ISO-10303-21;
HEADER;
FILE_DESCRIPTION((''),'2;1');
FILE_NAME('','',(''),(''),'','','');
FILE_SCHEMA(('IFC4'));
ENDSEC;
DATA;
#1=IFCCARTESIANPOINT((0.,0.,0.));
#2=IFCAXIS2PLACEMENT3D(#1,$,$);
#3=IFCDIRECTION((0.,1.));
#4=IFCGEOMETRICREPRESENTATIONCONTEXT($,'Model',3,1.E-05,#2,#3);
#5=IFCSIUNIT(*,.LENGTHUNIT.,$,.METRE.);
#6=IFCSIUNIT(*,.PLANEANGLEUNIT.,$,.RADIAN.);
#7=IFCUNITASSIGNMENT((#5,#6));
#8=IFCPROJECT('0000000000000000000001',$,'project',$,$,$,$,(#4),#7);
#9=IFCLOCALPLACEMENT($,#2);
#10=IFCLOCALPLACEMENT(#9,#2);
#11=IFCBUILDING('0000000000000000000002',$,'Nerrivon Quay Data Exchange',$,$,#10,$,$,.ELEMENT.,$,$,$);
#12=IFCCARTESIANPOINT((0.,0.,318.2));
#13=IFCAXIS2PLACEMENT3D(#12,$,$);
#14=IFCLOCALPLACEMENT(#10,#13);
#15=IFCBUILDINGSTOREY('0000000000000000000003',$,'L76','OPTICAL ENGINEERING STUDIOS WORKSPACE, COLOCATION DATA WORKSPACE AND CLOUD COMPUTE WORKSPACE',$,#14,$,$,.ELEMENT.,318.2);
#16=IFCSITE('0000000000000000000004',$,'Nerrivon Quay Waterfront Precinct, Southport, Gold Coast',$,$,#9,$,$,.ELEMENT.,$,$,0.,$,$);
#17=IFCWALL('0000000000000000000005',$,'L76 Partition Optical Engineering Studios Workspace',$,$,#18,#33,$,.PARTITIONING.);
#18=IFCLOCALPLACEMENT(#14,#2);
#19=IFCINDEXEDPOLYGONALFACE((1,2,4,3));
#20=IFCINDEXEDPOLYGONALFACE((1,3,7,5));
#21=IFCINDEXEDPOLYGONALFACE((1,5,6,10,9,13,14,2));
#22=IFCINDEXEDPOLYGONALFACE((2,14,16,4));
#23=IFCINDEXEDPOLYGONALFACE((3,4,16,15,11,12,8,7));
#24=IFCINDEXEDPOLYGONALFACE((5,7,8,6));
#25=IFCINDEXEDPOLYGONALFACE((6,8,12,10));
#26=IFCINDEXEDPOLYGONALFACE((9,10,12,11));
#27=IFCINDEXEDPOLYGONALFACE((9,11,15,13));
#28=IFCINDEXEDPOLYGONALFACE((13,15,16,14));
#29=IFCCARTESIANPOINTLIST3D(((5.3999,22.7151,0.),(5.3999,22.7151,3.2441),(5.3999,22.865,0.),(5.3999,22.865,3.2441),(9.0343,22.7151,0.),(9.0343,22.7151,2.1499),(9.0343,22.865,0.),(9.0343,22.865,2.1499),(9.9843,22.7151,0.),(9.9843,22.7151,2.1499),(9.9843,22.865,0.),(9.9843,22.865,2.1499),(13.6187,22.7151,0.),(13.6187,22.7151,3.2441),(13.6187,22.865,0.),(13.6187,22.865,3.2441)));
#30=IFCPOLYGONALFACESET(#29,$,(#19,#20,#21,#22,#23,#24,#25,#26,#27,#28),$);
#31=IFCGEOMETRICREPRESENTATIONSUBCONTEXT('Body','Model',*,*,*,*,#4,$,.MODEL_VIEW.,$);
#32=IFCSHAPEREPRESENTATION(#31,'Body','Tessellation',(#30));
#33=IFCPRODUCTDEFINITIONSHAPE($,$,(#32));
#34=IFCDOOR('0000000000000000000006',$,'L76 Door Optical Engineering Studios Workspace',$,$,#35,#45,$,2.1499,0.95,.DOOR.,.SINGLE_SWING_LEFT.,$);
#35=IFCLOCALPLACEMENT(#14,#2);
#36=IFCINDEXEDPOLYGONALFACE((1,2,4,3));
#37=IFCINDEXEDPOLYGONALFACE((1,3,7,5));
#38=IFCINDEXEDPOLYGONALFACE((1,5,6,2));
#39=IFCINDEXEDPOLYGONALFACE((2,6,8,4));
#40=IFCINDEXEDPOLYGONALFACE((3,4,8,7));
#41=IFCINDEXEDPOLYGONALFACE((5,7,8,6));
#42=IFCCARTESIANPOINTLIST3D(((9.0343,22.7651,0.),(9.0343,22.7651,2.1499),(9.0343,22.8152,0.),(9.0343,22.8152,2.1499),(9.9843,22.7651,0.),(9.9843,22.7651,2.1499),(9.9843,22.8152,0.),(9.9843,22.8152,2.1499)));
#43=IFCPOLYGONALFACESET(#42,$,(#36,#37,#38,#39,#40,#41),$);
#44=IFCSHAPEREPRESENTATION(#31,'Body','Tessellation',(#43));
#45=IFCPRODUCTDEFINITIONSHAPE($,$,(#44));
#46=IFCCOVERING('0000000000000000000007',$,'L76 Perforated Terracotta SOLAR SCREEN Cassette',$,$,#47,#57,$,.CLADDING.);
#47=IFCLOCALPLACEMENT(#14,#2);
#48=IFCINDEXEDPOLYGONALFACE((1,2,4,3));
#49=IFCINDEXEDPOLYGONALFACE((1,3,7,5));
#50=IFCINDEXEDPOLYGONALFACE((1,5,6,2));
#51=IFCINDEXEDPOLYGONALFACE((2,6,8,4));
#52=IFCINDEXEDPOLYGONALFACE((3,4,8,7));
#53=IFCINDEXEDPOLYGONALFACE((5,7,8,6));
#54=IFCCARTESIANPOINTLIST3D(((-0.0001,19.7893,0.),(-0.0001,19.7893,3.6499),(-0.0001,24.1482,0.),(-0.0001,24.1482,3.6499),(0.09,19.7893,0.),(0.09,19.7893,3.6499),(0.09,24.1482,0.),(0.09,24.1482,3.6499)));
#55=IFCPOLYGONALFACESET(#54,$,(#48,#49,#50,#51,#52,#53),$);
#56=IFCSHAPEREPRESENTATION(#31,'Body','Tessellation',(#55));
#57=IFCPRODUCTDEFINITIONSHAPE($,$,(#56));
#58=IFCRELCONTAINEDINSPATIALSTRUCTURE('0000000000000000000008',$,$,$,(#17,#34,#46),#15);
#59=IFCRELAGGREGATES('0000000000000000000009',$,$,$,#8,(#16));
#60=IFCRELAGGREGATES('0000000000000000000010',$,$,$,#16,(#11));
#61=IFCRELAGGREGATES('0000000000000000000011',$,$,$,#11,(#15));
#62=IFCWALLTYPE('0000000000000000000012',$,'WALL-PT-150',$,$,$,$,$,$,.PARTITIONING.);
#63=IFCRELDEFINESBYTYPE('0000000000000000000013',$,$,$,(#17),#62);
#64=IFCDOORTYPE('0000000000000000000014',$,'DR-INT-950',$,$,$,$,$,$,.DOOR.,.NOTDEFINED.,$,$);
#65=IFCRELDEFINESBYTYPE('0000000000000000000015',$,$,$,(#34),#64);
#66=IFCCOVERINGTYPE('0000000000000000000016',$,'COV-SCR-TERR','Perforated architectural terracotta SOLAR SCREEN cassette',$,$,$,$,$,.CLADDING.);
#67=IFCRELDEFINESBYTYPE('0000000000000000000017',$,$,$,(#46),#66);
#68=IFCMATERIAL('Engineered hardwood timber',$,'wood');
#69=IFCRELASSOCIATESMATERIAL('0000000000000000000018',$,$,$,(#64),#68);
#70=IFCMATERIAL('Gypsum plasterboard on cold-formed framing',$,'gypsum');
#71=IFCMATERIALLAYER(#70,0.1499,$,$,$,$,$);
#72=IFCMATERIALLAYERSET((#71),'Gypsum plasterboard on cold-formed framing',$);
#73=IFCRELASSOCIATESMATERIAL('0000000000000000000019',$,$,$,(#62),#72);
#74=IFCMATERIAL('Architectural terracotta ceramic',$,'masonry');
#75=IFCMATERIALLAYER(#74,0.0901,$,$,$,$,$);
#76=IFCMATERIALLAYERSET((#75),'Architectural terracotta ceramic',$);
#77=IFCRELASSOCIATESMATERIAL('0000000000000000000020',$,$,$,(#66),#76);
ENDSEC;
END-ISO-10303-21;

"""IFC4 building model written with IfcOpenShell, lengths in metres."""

from ifc_helpers import new_model, si_unit, direction, frame, frame_2d, origin, origin_2d, place, context, subcontext, project, spatial, rectangle, extrude, material, layer, layer_set, type_object, element, fill, save


model = new_model("IFC4")

# Units and contexts
model_context = context("Model", 3, precision=1e-05, world=origin(), true_north=direction((0.0, 1.0)))
body_context = subcontext(model_context, "Body", "Model", "MODEL_VIEW")
ifc_project = project(units=[si_unit("LENGTHUNIT", "METRE"), si_unit("PLANEANGLEUNIT", "RADIAN")], contexts=[model_context])

# Site, building, storey
site_placement = place(None, origin())
site = spatial("IfcSite", under=ifc_project, at=site_placement, Name="Nerrivon Quay Waterfront Precinct, Southport, Gold Coast", CompositionType="ELEMENT", RefElevation=0.0)
building_placement = place(site_placement, origin())
building = spatial("IfcBuilding", under=site, at=building_placement, Name="Nerrivon Quay Data Exchange", CompositionType="ELEMENT")
storey_placement = place(building_placement, frame((0.0, 0.0, 318.2)))
storey = spatial("IfcBuildingStorey", under=building, at=storey_placement, Name="L76", Description="OPTICAL ENGINEERING STUDIOS WORKSPACE, COLOCATION DATA WORKSPACE AND CLOUD COMPUTE WORKSPACE", CompositionType="ELEMENT", Elevation=318.2)

# Shared definitions
ifc_material_1 = material(Name="Gypsum plasterboard on cold-formed framing", Category="gypsum")

# Shared definitions
ifc_material_2 = material(Name="Engineered hardwood timber", Category="wood")
door_type_1 = type_object("IfcDoorType", Name="DR-INT-950", OperationType="NOTDEFINED", PredefinedType="DOOR", material=ifc_material_2)

# Shared definitions
ifc_layer_1 = layer(ifc_material_1, 0.1499)
ifc_layer_set_1 = layer_set([ifc_layer_1], Name="Gypsum plasterboard on cold-formed framing")
wall_type_1 = type_object("IfcWallType", Name="WALL-PT-150", PredefinedType="PARTITIONING", material=ifc_layer_set_1)

# Wall, opening, door
wall_1_placement = place(storey_placement, frame((13.6187, 22.79, 0.0), z_axis=(0.0, 0.0, 1.0), x_axis=(-1.0, 0.0, 0.0)))
wall_1 = element("IfcWall", 1, at=wall_1_placement, inside=storey, type_object=wall_type_1, Name="L76 Partition Optical Engineering Studios Workspace", PredefinedType="PARTITIONING", context=body_context, shape_type="SweptSolid", body=[
    extrude(rectangle(XDim=8.2188, YDim=0.1499, at=frame_2d((4.1094, 0.0))), origin(), (0.0, 0.0, 1.0), 3.2441),
])
opening_1_placement = place(wall_1_placement, frame((3.6343, 0.0, 0.0)))
opening_1 = element("IfcOpeningElement", 2, at=opening_1_placement, cuts=wall_1, PredefinedType="OPENING", context=body_context, shape_type="SweptSolid", body=[
    extrude(rectangle(XDim=0.95, YDim=2.1499, at=frame_2d((0.4751, 1.075))), frame((0.0, 0.085, 0.0), z_axis=(0.0, -1.0, 0.0), x_axis=(1.0, 0.0, 0.0)), (0.0, 0.0, 1.0), 0.1699),
])
door_1_placement = place(opening_1_placement, origin())
door_1 = element("IfcDoor", 3, at=door_1_placement, inside=storey, type_object=door_type_1, Name="L76 Door Optical Engineering Studios Workspace", OperationType="SINGLE_SWING_LEFT", OverallHeight=2.1499, OverallWidth=0.95, PredefinedType="DOOR", context=body_context, shape_type="SweptSolid", body=[
    extrude(rectangle(XDim=0.95, YDim=2.1499, at=frame_2d((0.4751, 1.075))), frame((0.0, 0.0249, 0.0), z_axis=(0.0, -1.0, 0.0), x_axis=(1.0, 0.0, 0.0)), (0.0, 0.0, 1.0), 0.05),
])
fill(opening_1, door_1)

# Covering
ifc_material_3 = material(Name="Architectural terracotta ceramic", Category="masonry")
ifc_layer_2 = layer(ifc_material_3, 0.0901)
ifc_layer_set_2 = layer_set([ifc_layer_2], Name="Architectural terracotta ceramic")
covering_type = type_object("IfcCoveringType", Name="COV-SCR-TERR", Description="Perforated architectural terracotta SOLAR SCREEN cassette", PredefinedType="CLADDING", material=ifc_layer_set_2)
covering_placement = place(storey_placement, frame((0.0449, 21.9688, 0.0), z_axis=(0.0, 0.0, 1.0), x_axis=(0.0, 1.0, 0.0)))
element("IfcCovering", 4, at=covering_placement, inside=storey, type_object=covering_type, Name="L76 Perforated Terracotta SOLAR SCREEN Cassette", PredefinedType="CLADDING", context=body_context, shape_type="SweptSolid", body=[
    extrude(rectangle(XDim=4.3589, YDim=0.0901, at=origin_2d()), origin(), (0.0, 0.0, 1.0), 3.6499),
])

save(model, "model.ifc")
